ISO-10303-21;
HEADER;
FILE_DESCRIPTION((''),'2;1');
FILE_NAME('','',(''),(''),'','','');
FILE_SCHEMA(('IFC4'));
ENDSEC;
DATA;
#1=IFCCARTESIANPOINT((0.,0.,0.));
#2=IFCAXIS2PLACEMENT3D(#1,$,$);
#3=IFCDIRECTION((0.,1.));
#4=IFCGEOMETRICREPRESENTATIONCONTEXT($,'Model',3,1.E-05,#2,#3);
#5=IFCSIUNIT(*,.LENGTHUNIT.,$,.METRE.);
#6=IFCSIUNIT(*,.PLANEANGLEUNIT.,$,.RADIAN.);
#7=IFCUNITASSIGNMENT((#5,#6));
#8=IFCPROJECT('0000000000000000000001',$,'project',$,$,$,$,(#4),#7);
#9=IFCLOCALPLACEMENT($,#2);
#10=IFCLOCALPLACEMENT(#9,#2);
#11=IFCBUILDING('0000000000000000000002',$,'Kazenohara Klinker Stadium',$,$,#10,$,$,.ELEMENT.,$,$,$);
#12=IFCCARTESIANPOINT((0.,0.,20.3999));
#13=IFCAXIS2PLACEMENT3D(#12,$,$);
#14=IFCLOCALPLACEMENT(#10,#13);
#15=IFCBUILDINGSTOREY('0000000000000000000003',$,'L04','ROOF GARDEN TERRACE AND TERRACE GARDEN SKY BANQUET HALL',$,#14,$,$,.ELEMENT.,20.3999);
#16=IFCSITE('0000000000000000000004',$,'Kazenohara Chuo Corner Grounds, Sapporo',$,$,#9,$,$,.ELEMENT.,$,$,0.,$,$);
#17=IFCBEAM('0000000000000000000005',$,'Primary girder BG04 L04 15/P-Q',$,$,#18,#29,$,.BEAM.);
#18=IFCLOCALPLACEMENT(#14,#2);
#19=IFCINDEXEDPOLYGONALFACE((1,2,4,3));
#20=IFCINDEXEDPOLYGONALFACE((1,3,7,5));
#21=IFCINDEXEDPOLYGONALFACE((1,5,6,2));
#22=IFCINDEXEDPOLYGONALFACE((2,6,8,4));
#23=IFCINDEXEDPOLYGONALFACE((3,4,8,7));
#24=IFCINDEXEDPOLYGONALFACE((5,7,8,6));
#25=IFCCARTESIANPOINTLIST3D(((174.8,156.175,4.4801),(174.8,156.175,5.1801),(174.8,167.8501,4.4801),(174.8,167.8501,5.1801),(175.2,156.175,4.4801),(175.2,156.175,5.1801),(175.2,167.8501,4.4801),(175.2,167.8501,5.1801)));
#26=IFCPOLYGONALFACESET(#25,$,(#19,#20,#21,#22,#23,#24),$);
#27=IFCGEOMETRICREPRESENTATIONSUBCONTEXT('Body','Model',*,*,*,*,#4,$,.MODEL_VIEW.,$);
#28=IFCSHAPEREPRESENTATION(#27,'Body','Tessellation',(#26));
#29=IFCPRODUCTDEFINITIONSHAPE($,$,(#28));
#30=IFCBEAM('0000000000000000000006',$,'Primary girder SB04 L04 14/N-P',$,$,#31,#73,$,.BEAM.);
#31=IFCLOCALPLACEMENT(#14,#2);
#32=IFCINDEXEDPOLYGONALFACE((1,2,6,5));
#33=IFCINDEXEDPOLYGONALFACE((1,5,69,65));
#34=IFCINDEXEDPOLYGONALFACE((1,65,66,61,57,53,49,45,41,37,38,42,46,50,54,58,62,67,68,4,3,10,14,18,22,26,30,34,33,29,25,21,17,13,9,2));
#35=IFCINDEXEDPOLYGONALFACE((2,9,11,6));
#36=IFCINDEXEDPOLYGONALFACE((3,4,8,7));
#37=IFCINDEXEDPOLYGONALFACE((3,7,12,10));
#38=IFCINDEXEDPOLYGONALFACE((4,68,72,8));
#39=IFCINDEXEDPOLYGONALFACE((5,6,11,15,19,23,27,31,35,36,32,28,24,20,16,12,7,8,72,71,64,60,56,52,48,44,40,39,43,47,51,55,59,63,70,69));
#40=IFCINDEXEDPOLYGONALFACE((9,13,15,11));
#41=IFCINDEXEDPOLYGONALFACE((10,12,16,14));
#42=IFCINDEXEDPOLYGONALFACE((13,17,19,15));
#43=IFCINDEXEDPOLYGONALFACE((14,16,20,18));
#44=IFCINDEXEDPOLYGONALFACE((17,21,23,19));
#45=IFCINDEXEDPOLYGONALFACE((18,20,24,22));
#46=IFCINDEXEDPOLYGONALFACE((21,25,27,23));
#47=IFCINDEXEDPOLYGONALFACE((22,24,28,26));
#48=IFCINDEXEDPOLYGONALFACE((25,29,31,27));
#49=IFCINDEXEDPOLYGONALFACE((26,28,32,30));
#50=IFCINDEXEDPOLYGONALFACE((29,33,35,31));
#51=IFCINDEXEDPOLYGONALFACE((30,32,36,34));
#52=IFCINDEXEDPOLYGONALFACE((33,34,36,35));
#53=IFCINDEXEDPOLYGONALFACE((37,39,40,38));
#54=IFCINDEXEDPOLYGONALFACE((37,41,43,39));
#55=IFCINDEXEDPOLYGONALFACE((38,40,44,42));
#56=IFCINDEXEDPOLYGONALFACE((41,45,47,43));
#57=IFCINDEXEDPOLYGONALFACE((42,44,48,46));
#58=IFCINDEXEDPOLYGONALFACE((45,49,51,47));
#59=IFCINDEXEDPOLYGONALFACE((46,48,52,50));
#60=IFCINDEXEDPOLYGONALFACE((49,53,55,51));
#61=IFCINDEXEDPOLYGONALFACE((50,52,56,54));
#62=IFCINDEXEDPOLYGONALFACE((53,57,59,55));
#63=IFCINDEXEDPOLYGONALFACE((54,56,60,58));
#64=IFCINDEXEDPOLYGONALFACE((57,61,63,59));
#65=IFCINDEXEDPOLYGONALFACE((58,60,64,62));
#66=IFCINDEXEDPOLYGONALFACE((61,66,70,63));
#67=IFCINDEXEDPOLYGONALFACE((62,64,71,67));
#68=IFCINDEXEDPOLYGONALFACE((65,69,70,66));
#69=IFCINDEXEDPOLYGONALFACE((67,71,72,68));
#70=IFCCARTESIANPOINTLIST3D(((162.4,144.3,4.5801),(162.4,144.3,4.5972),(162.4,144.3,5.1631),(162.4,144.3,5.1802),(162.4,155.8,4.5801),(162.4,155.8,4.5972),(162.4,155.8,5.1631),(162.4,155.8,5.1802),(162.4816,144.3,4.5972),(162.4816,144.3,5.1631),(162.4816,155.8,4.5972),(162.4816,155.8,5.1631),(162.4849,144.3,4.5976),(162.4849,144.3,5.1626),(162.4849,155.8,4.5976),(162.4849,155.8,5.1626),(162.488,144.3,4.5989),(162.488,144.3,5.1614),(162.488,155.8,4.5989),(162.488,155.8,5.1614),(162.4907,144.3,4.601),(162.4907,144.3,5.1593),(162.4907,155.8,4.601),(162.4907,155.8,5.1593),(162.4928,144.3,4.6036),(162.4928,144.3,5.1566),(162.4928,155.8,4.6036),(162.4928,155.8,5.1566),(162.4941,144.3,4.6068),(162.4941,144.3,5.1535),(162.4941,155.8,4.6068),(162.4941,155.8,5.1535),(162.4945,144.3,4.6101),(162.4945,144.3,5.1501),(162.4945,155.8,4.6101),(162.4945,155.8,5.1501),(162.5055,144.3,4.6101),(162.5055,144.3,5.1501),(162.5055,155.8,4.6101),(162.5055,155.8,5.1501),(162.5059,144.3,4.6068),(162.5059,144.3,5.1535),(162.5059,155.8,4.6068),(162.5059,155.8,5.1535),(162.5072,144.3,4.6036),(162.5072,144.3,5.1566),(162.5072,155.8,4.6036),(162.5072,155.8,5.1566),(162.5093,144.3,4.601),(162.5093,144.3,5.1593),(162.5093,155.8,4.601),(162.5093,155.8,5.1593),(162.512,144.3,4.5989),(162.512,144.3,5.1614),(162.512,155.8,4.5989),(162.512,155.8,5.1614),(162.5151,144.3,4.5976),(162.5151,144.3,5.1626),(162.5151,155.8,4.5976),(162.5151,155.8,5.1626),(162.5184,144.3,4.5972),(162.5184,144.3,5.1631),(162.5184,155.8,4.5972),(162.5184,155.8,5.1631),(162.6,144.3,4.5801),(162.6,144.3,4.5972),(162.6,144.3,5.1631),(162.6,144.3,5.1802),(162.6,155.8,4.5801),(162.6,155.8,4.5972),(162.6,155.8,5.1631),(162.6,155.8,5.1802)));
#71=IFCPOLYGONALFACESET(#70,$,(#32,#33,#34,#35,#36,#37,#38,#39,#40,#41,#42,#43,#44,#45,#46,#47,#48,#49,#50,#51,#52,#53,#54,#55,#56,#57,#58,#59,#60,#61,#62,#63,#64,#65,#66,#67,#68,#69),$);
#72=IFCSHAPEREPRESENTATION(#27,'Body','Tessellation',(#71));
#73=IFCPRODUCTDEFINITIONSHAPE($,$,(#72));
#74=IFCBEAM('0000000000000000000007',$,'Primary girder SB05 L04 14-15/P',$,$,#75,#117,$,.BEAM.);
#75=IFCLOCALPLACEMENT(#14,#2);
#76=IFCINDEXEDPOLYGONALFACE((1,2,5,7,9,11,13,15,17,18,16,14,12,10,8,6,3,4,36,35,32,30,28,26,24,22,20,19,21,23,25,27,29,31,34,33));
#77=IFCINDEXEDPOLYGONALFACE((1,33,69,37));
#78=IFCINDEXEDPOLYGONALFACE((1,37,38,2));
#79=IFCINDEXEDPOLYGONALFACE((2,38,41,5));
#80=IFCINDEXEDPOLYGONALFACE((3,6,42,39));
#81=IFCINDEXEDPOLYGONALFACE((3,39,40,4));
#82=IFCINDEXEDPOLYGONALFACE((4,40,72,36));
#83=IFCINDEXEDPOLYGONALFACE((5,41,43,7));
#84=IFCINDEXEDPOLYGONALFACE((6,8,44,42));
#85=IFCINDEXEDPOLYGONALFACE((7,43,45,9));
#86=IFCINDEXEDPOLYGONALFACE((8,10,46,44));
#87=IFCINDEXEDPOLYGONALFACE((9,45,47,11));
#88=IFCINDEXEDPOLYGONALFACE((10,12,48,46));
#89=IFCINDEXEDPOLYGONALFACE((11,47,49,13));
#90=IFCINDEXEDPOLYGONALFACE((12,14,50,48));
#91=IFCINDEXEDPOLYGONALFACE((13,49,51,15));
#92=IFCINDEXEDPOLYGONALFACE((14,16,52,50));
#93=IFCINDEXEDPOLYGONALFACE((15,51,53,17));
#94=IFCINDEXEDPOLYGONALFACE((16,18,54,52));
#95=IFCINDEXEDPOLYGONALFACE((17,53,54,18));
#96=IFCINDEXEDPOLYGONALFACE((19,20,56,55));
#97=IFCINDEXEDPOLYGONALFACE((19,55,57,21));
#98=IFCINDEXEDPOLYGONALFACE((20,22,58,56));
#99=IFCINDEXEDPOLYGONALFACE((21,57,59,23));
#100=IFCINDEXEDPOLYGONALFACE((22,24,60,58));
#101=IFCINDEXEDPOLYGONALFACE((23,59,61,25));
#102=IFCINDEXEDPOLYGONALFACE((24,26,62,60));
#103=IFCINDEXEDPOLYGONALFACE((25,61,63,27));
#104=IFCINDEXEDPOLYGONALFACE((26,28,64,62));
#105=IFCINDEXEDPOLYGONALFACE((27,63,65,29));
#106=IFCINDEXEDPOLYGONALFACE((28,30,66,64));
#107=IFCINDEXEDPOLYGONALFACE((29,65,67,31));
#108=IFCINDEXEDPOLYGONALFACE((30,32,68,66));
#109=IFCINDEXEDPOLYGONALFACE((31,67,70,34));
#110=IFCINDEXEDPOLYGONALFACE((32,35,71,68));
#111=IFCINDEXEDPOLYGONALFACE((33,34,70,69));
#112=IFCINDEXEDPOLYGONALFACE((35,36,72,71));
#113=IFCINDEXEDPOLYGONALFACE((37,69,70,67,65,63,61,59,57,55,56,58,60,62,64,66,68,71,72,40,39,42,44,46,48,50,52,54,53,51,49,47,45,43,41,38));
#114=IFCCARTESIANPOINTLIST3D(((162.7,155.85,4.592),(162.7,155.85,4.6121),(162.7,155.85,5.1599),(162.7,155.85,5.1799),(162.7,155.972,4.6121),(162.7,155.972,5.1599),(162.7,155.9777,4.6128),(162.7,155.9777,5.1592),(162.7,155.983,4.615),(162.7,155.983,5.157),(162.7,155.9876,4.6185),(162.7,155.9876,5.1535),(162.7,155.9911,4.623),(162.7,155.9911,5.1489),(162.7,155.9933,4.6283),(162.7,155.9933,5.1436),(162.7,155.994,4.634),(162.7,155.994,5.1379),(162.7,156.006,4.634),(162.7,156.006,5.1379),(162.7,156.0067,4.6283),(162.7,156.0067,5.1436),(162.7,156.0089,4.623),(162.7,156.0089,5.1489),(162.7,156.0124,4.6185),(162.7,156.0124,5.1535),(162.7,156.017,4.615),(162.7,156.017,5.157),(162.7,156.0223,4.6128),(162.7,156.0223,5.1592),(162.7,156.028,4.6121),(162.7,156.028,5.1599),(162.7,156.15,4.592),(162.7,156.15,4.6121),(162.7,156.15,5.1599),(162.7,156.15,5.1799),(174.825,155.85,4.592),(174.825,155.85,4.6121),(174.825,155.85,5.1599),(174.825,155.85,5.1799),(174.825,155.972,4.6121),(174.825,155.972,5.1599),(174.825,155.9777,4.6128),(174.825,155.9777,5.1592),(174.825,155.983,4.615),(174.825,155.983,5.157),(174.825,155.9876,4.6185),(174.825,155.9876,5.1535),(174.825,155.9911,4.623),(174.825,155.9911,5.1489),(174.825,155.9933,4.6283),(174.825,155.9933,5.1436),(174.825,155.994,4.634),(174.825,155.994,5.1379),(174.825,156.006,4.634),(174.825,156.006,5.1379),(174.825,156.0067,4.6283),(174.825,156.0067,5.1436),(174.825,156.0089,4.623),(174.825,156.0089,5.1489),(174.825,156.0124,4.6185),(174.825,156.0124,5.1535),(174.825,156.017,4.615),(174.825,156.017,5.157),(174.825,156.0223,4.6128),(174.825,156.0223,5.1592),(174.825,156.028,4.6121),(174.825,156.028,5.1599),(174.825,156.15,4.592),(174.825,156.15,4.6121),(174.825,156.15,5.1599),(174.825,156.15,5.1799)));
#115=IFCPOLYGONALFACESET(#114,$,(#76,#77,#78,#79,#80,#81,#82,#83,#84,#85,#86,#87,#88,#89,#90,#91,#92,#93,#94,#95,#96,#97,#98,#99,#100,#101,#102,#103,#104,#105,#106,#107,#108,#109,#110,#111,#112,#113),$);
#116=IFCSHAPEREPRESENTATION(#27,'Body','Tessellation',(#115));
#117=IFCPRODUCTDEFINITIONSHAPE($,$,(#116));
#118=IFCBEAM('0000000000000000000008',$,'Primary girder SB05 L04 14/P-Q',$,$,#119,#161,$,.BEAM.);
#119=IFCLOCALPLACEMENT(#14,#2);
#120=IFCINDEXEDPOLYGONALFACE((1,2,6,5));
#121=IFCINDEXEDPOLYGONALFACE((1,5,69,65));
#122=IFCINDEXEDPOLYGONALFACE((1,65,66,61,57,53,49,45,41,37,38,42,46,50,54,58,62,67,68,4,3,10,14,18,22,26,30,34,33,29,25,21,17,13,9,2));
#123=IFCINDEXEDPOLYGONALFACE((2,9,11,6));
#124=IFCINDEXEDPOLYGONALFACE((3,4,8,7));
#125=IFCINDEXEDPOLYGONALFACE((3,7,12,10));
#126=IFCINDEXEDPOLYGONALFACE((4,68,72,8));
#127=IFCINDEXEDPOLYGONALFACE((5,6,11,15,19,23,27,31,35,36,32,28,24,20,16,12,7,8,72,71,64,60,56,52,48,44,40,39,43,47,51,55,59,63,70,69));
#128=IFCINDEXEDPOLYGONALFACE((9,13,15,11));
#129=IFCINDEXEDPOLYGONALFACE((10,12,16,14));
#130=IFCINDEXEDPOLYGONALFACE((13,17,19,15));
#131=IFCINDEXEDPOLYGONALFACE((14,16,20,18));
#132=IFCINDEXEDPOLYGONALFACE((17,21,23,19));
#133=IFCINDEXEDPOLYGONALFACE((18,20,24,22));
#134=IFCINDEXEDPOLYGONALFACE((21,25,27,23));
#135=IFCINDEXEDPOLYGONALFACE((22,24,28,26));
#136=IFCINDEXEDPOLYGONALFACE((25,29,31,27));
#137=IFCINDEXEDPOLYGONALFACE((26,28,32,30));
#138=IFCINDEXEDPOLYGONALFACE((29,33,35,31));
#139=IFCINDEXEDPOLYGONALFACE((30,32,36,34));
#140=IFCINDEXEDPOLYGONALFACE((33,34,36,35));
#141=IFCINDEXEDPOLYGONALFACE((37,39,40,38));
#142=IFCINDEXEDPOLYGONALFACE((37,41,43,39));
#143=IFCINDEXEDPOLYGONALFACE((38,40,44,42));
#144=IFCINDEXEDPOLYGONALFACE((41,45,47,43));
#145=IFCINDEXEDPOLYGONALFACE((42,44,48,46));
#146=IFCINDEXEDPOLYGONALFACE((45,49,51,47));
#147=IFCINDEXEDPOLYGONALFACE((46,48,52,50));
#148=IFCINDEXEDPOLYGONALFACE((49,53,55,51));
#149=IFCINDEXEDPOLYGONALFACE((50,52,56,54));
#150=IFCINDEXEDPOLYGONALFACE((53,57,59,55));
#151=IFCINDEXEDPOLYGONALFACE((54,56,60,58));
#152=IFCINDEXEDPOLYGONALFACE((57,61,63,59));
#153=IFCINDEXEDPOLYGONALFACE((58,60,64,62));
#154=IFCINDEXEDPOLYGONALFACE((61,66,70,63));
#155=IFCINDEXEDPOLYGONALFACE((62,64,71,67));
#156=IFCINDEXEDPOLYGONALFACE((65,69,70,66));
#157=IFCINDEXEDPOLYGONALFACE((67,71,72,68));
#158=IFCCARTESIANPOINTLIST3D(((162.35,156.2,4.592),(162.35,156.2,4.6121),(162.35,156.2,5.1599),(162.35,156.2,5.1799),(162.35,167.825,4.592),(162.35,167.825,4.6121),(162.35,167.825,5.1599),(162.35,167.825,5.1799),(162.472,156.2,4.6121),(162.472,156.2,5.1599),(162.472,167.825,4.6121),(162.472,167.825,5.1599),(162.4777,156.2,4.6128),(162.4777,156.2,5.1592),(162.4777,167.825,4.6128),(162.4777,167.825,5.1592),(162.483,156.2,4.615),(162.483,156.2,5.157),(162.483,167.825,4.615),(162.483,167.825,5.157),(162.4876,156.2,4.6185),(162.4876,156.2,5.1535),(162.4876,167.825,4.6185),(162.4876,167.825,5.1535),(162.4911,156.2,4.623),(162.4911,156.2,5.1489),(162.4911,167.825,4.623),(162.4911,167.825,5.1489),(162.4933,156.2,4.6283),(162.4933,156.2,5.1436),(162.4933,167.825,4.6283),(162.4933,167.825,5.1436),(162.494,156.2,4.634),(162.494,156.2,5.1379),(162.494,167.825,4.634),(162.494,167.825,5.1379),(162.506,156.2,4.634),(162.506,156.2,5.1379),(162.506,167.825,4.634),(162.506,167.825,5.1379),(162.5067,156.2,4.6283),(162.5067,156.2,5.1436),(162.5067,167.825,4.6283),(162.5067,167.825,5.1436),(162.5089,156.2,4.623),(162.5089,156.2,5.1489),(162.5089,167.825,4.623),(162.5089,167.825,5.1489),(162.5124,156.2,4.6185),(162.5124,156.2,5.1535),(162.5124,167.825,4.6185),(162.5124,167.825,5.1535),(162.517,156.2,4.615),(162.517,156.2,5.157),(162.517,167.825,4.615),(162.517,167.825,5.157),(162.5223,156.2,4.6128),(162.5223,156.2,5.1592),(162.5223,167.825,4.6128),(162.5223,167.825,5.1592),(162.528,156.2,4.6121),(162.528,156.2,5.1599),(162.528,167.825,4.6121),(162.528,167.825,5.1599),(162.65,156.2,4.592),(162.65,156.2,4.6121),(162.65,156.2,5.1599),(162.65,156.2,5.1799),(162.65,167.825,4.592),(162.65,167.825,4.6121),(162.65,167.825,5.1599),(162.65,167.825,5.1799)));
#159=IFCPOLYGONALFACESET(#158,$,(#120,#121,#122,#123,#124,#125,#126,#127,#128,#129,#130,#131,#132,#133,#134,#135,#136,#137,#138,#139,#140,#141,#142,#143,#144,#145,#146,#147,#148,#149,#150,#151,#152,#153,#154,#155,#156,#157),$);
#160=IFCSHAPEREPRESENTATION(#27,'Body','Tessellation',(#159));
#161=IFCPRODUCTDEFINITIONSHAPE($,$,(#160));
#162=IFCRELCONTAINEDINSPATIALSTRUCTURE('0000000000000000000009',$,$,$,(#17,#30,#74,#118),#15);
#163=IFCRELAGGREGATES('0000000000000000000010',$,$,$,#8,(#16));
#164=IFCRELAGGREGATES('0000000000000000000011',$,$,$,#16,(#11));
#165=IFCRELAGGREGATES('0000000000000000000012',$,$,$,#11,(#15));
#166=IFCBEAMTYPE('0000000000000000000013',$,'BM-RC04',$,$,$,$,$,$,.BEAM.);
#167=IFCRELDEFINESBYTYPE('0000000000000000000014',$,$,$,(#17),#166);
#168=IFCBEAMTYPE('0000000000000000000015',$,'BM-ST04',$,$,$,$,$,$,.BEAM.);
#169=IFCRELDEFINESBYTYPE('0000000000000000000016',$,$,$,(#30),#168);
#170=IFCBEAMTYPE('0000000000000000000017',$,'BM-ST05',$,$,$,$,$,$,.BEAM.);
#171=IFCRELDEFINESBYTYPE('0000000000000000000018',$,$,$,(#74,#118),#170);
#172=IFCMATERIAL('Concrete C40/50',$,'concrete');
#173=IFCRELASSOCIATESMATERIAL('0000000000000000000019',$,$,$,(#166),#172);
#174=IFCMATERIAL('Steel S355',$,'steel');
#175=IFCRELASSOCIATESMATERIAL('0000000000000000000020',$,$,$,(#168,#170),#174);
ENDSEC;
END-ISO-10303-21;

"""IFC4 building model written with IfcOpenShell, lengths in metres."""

from ifc_helpers import new_model, si_unit, direction, frame, origin, origin_2d, place, context, subcontext, project, spatial, rectangle, i_section, extrude, material, material_profile, profile_set, type_object, element, save


model = new_model("IFC4")

# Units and contexts
model_context = context("Model", 3, precision=1e-05, world=origin(), true_north=direction((0.0, 1.0)))
body_context = subcontext(model_context, "Body", "Model", "MODEL_VIEW")
ifc_project = project(units=[si_unit("LENGTHUNIT", "METRE"), si_unit("PLANEANGLEUNIT", "RADIAN")], contexts=[model_context])

# Site, building, storey
site_placement = place(None, origin())
site = spatial("IfcSite", under=ifc_project, at=site_placement, Name="Kazenohara Chuo Corner Grounds, Sapporo", CompositionType="ELEMENT", RefElevation=0.0)
building_placement = place(site_placement, origin())
building = spatial("IfcBuilding", under=site, at=building_placement, Name="Kazenohara Klinker Stadium", CompositionType="ELEMENT")
storey_placement = place(building_placement, frame((0.0, 0.0, 20.3999)))
storey = spatial("IfcBuildingStorey", under=building, at=storey_placement, Name="L04", Description="ROOF GARDEN TERRACE AND TERRACE GARDEN SKY BANQUET HALL", CompositionType="ELEMENT", Elevation=20.3999)

# Shared definitions
ifc_material_1 = material(Name="Steel S355", Category="steel")

# Beams
ifc_material_2 = material(Name="Concrete C40/50", Category="concrete")
ifc_material_profile_1 = material_profile(ifc_material_2, rectangle(XDim=0.3999, YDim=0.7, at=origin_2d()), Name="RC-BM-400x700")
ifc_profile_set_1 = profile_set([ifc_material_profile_1], Name="Concrete C40/50")
beam_type_1 = type_object("IfcBeamType", Name="BM-RC04", PredefinedType="BEAM", material=ifc_profile_set_1)
beam_1_placement = place(storey_placement, frame((175.0, 156.175, 4.8301), z_axis=(0.0, 1.0, 0.0), x_axis=(-1.0, 0.0, 0.0)))
element("IfcBeam", 1, at=beam_1_placement, inside=storey, type_object=beam_type_1, Name="Primary girder BG04 L04 15/P-Q", PredefinedType="BEAM", context=body_context, shape_type="SweptSolid", body=[
    extrude(rectangle(XDim=0.3999, YDim=0.7, at=origin_2d()), origin(), (0.0, 0.0, 1.0), 11.675),
])
ifc_material_profile_2 = material_profile(ifc_material_1, i_section(OverallWidth=0.2, OverallDepth=0.6001, WebThickness=0.011, FlangeThickness=0.0171, FilletRadius=0.0129, at=origin_2d()), Name="H-600x200x11x17")
ifc_profile_set_2 = profile_set([ifc_material_profile_2], Name="Steel S355")
beam_type_2 = type_object("IfcBeamType", Name="BM-ST04", PredefinedType="BEAM", material=ifc_profile_set_2)
beam_2_placement = place(storey_placement, frame((162.5, 144.3, 4.8801), z_axis=(0.0, 1.0, 0.0), x_axis=(-1.0, 0.0, 0.0)))
element("IfcBeam", 2, at=beam_2_placement, inside=storey, type_object=beam_type_2, Name="Primary girder SB04 L04 14/N-P", PredefinedType="BEAM", context=body_context, shape_type="SweptSolid", body=[
    extrude(i_section(OverallWidth=0.2, OverallDepth=0.6001, WebThickness=0.011, FlangeThickness=0.0171, FilletRadius=0.0129, at=origin_2d()), origin(), (0.0, 0.0, 1.0), 11.5),
])
ifc_material_profile_3 = material_profile(ifc_material_1, i_section(OverallWidth=0.3, OverallDepth=0.5879, WebThickness=0.012, FlangeThickness=0.02, FilletRadius=0.022, at=origin_2d()), Name="H-588x300x12x20")
ifc_profile_set_3 = profile_set([ifc_material_profile_3], Name="Steel S355")
beam_type_3 = type_object("IfcBeamType", Name="BM-ST05", PredefinedType="BEAM", material=ifc_profile_set_3)
beam_3_placement = place(storey_placement, frame((162.7, 156.0, 4.886), z_axis=(1.0, 0.0, 0.0), x_axis=(0.0, 1.0, 0.0)))
element("IfcBeam", 3, at=beam_3_placement, inside=storey, type_object=beam_type_3, Name="Primary girder SB05 L04 14-15/P", PredefinedType="BEAM", context=body_context, shape_type="SweptSolid", body=[
    extrude(i_section(OverallWidth=0.3, OverallDepth=0.5879, WebThickness=0.012, FlangeThickness=0.02, FilletRadius=0.022, at=origin_2d()), origin(), (0.0, 0.0, 1.0), 12.125),
])
for number, where, z_axis, x_axis, name in (
    (4, (162.5, 156.2, 4.886), (0.0, 1.0, 0.0), (-1.0, 0.0, 0.0), "Primary girder SB05 L04 14/P-Q"),
):
    element("IfcBeam", number, at=place(storey_placement, frame(where, z_axis=z_axis, x_axis=x_axis)), inside=storey, type_object=beam_type_3, Name=name, PredefinedType="BEAM", context=body_context, shape_type="SweptSolid", body=[
        extrude(i_section(OverallWidth=0.3, OverallDepth=0.5879, WebThickness=0.012, FlangeThickness=0.02, FilletRadius=0.022, at=origin_2d()), origin(), (0.0, 0.0, 1.0), 11.625),
    ])

save(model, "model.ifc")
